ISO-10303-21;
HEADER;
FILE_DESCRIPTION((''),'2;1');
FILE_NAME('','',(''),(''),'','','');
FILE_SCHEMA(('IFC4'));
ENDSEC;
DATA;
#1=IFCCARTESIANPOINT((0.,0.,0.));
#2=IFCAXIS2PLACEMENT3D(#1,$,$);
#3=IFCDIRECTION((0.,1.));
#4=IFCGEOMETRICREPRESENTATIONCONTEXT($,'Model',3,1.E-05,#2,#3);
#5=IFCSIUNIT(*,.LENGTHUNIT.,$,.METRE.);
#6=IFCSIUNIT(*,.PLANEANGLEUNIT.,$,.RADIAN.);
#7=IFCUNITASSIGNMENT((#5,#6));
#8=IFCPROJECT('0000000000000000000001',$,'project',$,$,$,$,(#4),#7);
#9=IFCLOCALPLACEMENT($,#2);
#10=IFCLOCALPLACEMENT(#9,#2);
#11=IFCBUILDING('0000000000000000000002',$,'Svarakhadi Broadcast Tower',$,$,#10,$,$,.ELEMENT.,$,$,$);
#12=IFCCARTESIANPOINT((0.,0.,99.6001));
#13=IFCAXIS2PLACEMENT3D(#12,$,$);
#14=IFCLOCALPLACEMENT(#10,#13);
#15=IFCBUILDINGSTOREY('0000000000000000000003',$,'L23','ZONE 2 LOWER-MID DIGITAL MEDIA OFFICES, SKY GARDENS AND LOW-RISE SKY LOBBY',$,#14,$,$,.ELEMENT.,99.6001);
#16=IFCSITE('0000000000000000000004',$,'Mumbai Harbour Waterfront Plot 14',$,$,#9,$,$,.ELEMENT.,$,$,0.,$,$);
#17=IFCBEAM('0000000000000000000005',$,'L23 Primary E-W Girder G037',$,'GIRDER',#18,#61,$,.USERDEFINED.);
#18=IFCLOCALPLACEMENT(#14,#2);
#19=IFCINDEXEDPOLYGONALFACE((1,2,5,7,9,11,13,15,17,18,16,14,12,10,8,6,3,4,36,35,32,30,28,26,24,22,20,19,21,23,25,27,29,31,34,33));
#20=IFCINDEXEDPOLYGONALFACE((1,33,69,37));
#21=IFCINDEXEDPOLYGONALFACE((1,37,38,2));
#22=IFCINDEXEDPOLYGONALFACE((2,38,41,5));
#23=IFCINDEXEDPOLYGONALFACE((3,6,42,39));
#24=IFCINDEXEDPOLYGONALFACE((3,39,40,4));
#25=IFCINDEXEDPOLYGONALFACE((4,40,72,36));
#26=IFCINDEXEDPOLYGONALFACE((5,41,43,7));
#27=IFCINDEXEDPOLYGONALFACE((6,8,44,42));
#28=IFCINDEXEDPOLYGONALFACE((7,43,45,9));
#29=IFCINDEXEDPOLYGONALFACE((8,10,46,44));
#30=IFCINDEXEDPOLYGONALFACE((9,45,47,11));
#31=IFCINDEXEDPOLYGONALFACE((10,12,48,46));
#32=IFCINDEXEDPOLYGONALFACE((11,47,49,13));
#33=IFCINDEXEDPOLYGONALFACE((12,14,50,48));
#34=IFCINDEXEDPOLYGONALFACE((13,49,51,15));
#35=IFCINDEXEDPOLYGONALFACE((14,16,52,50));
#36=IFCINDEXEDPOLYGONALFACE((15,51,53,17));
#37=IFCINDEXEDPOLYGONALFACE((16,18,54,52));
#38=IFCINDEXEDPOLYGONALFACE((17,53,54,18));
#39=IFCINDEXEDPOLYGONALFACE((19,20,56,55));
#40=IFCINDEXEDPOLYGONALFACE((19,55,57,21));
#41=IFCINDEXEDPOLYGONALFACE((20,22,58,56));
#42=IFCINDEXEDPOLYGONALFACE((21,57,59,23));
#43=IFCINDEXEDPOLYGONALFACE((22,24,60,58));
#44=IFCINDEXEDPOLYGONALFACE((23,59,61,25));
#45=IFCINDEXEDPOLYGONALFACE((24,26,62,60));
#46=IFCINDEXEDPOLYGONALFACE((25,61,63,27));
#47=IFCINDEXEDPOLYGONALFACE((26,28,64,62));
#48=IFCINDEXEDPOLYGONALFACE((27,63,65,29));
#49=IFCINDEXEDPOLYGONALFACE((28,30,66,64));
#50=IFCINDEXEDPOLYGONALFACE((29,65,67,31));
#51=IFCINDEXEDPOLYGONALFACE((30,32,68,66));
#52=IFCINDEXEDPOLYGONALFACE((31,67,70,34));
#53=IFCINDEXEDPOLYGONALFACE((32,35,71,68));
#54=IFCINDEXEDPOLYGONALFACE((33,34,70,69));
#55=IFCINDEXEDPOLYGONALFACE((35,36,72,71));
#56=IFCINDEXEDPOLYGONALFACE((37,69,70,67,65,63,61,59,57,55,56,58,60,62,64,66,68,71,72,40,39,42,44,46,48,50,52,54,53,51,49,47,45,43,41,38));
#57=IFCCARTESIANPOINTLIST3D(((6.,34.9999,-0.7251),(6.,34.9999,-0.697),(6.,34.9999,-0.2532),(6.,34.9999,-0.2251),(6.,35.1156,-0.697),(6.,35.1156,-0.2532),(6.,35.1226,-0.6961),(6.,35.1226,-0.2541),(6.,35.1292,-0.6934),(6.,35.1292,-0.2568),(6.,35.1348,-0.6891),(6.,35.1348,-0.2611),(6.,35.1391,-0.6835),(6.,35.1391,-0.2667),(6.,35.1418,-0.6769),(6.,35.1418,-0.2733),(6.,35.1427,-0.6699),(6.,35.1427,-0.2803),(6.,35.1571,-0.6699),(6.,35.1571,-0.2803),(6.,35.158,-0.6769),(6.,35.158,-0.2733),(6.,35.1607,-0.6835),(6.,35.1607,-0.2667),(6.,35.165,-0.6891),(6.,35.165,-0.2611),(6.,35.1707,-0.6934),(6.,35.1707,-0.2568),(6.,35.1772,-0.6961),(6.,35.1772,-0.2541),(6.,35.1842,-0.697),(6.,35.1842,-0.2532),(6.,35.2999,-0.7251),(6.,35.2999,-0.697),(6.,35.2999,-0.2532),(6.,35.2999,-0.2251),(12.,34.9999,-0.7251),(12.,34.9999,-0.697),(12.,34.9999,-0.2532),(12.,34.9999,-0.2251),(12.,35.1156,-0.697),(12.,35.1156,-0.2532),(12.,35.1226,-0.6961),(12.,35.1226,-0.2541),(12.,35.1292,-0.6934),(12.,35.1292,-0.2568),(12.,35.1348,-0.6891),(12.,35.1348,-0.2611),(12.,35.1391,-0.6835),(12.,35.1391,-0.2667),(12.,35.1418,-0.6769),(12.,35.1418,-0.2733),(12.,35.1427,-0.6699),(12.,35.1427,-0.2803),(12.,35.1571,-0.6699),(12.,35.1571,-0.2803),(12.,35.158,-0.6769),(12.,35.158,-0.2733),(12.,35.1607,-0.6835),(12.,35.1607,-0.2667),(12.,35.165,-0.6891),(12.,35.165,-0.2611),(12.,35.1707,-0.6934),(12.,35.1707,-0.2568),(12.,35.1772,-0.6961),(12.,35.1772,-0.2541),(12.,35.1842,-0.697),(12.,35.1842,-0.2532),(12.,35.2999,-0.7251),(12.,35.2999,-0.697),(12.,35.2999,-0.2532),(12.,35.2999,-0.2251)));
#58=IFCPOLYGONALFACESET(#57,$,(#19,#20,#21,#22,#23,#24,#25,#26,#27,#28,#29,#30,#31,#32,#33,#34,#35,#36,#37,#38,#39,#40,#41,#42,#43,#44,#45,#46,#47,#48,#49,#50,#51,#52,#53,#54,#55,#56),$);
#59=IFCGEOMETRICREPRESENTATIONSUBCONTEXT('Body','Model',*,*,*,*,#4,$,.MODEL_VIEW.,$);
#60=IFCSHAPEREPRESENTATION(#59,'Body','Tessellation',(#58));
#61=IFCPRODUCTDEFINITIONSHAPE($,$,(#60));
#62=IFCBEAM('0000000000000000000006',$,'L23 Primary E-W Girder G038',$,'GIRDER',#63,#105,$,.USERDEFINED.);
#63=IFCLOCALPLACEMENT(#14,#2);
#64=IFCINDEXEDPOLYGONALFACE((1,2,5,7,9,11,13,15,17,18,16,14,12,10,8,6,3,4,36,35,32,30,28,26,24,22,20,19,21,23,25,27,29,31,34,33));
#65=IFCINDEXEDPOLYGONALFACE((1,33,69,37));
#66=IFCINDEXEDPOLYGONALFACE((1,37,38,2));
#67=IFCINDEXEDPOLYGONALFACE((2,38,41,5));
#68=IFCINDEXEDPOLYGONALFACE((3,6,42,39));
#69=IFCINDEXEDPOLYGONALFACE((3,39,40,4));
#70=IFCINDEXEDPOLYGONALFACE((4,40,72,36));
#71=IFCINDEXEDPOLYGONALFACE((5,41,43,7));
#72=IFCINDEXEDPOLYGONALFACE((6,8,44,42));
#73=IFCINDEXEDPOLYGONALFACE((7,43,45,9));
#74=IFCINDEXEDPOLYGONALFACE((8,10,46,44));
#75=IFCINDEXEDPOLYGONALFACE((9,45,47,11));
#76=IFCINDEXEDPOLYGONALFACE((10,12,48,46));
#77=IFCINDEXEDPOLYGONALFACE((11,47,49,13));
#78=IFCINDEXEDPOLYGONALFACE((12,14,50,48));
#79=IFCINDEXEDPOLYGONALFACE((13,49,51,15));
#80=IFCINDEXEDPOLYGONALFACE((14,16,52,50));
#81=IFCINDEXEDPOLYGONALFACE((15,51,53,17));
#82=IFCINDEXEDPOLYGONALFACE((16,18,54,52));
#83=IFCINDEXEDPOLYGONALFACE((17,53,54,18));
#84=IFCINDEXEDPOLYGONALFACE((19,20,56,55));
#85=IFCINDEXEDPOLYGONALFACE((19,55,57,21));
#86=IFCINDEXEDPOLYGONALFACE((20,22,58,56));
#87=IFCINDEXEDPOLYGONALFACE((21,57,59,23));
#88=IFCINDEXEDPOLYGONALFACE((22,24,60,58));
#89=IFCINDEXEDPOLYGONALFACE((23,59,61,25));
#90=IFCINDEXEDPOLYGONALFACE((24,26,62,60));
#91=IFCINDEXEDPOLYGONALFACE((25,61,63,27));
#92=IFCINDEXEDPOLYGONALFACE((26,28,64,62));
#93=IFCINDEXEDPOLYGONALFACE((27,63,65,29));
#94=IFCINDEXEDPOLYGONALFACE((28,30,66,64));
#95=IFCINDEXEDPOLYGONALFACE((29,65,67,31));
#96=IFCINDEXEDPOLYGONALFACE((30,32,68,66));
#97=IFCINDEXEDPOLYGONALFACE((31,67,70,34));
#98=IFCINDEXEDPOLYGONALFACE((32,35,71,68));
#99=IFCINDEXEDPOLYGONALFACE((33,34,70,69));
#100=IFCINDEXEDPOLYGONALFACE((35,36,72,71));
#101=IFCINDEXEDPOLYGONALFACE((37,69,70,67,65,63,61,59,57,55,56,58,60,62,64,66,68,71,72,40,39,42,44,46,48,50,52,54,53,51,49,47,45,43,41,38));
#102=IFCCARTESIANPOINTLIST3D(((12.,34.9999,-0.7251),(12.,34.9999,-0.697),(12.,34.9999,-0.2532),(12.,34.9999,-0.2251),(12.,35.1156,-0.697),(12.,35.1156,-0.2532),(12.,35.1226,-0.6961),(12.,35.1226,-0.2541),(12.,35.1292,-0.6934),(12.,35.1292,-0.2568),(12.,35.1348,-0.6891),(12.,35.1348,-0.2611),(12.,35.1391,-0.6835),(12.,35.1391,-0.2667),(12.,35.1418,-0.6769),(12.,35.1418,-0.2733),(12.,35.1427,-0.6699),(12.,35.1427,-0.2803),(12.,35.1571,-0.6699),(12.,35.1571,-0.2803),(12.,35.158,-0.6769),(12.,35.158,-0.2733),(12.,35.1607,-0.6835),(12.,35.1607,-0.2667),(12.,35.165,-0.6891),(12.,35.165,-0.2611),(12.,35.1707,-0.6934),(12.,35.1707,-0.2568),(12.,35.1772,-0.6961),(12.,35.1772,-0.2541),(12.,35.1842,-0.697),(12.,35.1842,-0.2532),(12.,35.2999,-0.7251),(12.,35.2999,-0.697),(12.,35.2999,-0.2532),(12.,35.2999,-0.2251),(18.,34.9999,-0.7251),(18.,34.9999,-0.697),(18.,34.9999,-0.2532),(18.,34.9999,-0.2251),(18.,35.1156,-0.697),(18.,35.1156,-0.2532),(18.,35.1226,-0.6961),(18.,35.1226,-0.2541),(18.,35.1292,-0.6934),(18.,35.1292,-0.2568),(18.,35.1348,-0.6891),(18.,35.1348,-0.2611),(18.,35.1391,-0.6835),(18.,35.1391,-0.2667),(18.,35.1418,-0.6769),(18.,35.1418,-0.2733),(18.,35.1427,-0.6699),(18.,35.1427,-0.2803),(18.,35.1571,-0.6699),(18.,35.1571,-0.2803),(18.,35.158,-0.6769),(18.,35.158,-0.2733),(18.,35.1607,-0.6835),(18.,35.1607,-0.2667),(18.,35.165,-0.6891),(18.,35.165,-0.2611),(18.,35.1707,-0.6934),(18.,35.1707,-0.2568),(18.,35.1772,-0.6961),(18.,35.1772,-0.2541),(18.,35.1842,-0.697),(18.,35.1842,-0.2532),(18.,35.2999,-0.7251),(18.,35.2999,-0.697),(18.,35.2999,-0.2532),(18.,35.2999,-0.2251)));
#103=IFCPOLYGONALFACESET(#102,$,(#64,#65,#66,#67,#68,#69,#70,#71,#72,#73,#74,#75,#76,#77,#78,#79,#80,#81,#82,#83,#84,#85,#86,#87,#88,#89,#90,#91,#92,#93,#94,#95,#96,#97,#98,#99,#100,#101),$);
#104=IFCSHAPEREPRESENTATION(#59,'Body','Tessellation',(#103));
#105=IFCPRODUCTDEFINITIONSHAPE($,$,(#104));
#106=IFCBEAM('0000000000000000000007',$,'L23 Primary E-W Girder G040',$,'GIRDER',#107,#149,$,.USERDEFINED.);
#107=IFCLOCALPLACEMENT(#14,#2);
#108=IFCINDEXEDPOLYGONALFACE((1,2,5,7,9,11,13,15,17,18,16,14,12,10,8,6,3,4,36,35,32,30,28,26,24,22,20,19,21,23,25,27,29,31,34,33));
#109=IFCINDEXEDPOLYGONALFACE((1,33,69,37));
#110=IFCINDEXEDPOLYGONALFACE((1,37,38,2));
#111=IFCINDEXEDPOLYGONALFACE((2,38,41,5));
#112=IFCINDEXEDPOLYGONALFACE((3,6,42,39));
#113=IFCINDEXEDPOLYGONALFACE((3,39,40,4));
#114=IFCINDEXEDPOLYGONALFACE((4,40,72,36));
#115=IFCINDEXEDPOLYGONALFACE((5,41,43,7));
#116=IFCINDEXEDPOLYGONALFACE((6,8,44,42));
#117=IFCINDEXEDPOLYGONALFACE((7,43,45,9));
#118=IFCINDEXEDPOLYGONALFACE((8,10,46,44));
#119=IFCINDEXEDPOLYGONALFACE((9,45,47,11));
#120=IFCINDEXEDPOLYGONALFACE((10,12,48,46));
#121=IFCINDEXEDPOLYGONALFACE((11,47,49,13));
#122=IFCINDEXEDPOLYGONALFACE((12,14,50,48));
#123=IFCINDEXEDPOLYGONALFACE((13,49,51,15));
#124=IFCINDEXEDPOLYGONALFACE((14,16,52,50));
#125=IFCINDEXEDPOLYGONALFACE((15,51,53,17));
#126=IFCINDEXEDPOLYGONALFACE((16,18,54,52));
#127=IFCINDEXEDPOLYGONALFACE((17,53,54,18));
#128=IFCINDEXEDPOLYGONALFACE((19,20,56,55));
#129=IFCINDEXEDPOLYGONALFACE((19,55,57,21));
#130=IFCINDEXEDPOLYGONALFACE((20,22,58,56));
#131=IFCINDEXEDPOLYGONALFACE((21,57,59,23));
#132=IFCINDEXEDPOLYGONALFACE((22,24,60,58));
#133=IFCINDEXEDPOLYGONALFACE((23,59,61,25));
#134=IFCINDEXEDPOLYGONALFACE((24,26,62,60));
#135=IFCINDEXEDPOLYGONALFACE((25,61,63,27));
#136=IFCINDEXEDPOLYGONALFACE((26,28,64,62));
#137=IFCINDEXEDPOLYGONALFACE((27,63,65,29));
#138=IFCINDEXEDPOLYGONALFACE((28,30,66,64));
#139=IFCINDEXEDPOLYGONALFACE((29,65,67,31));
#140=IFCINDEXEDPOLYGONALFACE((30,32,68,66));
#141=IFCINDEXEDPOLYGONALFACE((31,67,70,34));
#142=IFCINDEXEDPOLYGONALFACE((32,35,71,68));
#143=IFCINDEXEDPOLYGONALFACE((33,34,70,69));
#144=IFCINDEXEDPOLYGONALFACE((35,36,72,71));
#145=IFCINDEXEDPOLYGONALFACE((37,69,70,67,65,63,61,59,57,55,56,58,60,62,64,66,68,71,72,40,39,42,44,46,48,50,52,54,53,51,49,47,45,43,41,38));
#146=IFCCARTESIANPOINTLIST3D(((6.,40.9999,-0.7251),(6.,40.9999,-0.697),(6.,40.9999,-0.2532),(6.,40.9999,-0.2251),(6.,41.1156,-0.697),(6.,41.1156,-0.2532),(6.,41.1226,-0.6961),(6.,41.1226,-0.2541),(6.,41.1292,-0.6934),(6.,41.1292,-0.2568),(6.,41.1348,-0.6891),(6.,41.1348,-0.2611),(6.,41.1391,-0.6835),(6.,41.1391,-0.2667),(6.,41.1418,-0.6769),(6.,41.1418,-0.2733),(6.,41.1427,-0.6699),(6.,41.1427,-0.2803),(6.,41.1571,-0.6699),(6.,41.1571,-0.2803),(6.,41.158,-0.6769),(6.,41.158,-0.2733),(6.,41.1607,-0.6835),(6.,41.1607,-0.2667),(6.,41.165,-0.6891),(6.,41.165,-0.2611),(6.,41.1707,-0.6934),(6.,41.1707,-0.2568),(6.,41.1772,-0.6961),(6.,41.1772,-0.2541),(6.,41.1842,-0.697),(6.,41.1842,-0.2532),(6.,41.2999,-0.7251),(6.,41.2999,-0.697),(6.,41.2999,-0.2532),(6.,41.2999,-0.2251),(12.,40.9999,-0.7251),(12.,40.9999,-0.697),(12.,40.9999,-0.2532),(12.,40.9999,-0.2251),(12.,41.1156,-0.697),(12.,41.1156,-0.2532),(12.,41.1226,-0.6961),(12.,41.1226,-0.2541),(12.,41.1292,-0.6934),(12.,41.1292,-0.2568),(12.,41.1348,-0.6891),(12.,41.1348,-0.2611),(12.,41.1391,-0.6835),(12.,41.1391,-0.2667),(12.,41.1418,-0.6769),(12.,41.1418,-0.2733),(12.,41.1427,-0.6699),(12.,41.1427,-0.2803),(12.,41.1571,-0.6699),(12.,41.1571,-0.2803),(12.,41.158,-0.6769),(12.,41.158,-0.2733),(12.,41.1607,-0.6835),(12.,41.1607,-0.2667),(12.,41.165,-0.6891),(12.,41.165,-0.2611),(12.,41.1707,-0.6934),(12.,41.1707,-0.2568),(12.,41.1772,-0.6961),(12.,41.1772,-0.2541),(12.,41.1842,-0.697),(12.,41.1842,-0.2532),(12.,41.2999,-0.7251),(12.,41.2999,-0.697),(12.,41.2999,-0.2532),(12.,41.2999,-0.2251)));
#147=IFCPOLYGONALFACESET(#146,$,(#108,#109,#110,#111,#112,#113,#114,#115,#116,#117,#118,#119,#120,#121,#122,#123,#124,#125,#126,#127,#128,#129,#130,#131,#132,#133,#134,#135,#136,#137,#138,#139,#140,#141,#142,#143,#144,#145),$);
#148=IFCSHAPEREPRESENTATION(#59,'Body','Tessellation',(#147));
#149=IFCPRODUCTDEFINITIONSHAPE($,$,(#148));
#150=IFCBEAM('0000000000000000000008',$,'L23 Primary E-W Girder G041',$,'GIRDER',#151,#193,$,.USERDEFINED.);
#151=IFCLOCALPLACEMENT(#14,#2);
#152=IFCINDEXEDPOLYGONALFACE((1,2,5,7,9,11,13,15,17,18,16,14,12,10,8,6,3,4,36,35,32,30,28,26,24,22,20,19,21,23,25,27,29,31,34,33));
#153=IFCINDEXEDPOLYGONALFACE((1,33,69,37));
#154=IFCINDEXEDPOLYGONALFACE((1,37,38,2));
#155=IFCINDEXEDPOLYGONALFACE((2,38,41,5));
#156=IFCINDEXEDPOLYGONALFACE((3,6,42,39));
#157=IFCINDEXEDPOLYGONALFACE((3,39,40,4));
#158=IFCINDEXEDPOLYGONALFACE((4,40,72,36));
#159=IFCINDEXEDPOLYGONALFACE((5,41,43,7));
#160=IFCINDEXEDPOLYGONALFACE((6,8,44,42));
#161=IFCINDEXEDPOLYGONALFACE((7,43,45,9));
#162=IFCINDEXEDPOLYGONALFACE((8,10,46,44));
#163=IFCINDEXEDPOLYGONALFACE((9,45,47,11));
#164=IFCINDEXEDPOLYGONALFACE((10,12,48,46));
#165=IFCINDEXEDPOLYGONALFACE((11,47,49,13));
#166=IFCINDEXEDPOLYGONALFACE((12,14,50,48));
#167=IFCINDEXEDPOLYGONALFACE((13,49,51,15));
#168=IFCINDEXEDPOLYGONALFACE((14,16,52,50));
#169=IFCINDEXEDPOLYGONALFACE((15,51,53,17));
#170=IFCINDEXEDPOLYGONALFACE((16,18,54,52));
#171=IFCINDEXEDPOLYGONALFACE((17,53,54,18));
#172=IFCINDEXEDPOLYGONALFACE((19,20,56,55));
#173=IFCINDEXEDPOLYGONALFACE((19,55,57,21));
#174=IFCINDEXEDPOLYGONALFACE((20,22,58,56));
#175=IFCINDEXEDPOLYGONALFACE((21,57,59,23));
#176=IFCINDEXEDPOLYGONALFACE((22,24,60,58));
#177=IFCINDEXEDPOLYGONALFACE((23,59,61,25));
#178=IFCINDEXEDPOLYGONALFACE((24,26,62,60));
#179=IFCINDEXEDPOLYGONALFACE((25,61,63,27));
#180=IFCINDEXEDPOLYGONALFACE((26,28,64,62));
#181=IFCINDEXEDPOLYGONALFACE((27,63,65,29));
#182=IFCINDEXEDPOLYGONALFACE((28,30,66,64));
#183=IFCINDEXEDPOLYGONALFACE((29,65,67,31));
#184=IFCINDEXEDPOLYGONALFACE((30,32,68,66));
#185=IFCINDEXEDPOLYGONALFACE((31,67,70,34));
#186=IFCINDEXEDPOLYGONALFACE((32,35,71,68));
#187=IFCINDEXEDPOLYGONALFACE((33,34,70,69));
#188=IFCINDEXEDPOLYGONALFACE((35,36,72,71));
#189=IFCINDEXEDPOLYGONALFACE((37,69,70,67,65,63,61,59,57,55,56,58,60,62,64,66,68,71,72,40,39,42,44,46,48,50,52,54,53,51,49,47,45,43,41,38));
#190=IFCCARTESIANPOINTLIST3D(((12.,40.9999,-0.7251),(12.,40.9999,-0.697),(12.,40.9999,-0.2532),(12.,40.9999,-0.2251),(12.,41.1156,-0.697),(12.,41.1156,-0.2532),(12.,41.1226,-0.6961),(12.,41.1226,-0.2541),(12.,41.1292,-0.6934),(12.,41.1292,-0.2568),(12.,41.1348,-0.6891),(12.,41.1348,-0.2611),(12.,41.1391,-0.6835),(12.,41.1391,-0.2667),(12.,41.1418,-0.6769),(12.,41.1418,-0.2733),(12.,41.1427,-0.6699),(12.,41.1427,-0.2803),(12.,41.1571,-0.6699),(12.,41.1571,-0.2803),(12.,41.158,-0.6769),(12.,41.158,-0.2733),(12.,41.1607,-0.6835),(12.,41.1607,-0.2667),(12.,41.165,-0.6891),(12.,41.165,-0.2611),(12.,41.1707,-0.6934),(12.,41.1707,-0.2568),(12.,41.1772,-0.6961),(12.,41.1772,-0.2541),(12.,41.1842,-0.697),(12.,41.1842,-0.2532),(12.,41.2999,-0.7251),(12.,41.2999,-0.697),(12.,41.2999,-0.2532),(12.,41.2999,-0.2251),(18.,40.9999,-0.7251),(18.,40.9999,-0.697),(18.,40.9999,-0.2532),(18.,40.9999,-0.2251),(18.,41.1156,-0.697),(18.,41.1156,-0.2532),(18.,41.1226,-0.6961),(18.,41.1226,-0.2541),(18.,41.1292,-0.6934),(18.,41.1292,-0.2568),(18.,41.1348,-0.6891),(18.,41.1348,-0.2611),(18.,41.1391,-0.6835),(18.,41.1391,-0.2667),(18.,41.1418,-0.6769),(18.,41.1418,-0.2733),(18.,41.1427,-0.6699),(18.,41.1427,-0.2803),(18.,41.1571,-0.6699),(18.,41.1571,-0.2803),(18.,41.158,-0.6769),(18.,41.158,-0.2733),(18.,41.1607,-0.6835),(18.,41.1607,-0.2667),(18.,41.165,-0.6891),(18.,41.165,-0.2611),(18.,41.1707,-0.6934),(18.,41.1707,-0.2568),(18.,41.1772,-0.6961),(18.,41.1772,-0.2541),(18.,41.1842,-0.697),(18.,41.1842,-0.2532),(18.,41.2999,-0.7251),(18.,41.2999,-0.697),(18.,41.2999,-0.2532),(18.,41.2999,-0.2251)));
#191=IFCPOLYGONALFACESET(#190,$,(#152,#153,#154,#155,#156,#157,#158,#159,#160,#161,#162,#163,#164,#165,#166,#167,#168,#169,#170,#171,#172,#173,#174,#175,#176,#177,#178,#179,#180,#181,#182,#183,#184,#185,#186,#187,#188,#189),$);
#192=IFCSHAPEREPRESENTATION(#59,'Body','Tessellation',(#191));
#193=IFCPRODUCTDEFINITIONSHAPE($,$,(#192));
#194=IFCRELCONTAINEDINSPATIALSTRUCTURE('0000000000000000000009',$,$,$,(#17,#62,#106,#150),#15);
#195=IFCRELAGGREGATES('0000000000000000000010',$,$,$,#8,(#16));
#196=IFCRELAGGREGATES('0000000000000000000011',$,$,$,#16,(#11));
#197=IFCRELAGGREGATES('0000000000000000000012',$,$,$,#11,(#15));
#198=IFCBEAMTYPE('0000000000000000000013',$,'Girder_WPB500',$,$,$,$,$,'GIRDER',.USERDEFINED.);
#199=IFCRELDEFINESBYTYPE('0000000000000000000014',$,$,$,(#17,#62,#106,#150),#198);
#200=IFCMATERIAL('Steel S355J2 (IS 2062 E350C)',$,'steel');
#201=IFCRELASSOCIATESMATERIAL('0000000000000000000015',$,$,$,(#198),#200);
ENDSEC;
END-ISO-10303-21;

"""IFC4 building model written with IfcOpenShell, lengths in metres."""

from ifc_helpers import new_model, si_unit, direction, frame, origin, origin_2d, place, context, subcontext, project, spatial, i_section, extrude, material, material_profile, profile_set, type_object, element, save


model = new_model("IFC4")

# Units and contexts
model_context = context("Model", 3, precision=1e-05, world=origin(), true_north=direction((0.0, 1.0)))
body_context = subcontext(model_context, "Body", "Model", "MODEL_VIEW")
ifc_project = project(units=[si_unit("LENGTHUNIT", "METRE"), si_unit("PLANEANGLEUNIT", "RADIAN")], contexts=[model_context])

# Site, building, storey
site_placement = place(None, origin())
site = spatial("IfcSite", under=ifc_project, at=site_placement, Name="Mumbai Harbour Waterfront Plot 14", CompositionType="ELEMENT", RefElevation=0.0)
building_placement = place(site_placement, origin())
building = spatial("IfcBuilding", under=site, at=building_placement, Name="Svarakhadi Broadcast Tower", CompositionType="ELEMENT")
storey_placement = place(building_placement, frame((0.0, 0.0, 99.6001)))
storey = spatial("IfcBuildingStorey", under=building, at=storey_placement, Name="L23", Description="ZONE 2 LOWER-MID DIGITAL MEDIA OFFICES, SKY GARDENS AND LOW-RISE SKY LOBBY", CompositionType="ELEMENT", Elevation=99.6001)

# Shared definitions
ifc_material_1 = material(Name="Steel S355J2 (IS 2062 E350C)", Category="steel")

# Beams
ifc_material_profile_1 = material_profile(ifc_material_1, i_section(OverallWidth=0.3, OverallDepth=0.5, WebThickness=0.0144, FlangeThickness=0.0281, FilletRadius=0.0271, at=origin_2d()), Name="WPB 500x300x187")
ifc_profile_set_1 = profile_set([ifc_material_profile_1], Name="Steel S355J2 (IS 2062 E350C)")
beam_type_1 = type_object("IfcBeamType", Name="Girder_WPB500", ElementType="GIRDER", PredefinedType="USERDEFINED", material=ifc_profile_set_1)
for number, where, z_axis, x_axis, name in (
    (1, (6.0, 35.1499, -0.4751), (1.0, 0.0, 0.0), (0.0, 1.0, 0.0), "L23 Primary E-W Girder G037"),
    (2, (12.0, 35.1499, -0.4751), (1.0, 0.0, 0.0), (0.0, 1.0, 0.0), "L23 Primary E-W Girder G038"),
    (3, (6.0, 41.1499, -0.4751), (1.0, 0.0, 0.0), (0.0, 1.0, 0.0), "L23 Primary E-W Girder G040"),
    (4, (12.0, 41.1499, -0.4751), (1.0, 0.0, 0.0), (0.0, 1.0, 0.0), "L23 Primary E-W Girder G041"),
):
    element("IfcBeam", number, at=place(storey_placement, frame(where, z_axis=z_axis, x_axis=x_axis)), inside=storey, type_object=beam_type_1, Name=name, ObjectType="GIRDER", PredefinedType="USERDEFINED", context=body_context, shape_type="SweptSolid", body=[
        extrude(i_section(OverallWidth=0.3, OverallDepth=0.5, WebThickness=0.0144, FlangeThickness=0.0281, FilletRadius=0.0271, at=origin_2d()), origin(), (0.0, 0.0, 1.0), 6.0),
    ])

save(model, "model.ifc")
